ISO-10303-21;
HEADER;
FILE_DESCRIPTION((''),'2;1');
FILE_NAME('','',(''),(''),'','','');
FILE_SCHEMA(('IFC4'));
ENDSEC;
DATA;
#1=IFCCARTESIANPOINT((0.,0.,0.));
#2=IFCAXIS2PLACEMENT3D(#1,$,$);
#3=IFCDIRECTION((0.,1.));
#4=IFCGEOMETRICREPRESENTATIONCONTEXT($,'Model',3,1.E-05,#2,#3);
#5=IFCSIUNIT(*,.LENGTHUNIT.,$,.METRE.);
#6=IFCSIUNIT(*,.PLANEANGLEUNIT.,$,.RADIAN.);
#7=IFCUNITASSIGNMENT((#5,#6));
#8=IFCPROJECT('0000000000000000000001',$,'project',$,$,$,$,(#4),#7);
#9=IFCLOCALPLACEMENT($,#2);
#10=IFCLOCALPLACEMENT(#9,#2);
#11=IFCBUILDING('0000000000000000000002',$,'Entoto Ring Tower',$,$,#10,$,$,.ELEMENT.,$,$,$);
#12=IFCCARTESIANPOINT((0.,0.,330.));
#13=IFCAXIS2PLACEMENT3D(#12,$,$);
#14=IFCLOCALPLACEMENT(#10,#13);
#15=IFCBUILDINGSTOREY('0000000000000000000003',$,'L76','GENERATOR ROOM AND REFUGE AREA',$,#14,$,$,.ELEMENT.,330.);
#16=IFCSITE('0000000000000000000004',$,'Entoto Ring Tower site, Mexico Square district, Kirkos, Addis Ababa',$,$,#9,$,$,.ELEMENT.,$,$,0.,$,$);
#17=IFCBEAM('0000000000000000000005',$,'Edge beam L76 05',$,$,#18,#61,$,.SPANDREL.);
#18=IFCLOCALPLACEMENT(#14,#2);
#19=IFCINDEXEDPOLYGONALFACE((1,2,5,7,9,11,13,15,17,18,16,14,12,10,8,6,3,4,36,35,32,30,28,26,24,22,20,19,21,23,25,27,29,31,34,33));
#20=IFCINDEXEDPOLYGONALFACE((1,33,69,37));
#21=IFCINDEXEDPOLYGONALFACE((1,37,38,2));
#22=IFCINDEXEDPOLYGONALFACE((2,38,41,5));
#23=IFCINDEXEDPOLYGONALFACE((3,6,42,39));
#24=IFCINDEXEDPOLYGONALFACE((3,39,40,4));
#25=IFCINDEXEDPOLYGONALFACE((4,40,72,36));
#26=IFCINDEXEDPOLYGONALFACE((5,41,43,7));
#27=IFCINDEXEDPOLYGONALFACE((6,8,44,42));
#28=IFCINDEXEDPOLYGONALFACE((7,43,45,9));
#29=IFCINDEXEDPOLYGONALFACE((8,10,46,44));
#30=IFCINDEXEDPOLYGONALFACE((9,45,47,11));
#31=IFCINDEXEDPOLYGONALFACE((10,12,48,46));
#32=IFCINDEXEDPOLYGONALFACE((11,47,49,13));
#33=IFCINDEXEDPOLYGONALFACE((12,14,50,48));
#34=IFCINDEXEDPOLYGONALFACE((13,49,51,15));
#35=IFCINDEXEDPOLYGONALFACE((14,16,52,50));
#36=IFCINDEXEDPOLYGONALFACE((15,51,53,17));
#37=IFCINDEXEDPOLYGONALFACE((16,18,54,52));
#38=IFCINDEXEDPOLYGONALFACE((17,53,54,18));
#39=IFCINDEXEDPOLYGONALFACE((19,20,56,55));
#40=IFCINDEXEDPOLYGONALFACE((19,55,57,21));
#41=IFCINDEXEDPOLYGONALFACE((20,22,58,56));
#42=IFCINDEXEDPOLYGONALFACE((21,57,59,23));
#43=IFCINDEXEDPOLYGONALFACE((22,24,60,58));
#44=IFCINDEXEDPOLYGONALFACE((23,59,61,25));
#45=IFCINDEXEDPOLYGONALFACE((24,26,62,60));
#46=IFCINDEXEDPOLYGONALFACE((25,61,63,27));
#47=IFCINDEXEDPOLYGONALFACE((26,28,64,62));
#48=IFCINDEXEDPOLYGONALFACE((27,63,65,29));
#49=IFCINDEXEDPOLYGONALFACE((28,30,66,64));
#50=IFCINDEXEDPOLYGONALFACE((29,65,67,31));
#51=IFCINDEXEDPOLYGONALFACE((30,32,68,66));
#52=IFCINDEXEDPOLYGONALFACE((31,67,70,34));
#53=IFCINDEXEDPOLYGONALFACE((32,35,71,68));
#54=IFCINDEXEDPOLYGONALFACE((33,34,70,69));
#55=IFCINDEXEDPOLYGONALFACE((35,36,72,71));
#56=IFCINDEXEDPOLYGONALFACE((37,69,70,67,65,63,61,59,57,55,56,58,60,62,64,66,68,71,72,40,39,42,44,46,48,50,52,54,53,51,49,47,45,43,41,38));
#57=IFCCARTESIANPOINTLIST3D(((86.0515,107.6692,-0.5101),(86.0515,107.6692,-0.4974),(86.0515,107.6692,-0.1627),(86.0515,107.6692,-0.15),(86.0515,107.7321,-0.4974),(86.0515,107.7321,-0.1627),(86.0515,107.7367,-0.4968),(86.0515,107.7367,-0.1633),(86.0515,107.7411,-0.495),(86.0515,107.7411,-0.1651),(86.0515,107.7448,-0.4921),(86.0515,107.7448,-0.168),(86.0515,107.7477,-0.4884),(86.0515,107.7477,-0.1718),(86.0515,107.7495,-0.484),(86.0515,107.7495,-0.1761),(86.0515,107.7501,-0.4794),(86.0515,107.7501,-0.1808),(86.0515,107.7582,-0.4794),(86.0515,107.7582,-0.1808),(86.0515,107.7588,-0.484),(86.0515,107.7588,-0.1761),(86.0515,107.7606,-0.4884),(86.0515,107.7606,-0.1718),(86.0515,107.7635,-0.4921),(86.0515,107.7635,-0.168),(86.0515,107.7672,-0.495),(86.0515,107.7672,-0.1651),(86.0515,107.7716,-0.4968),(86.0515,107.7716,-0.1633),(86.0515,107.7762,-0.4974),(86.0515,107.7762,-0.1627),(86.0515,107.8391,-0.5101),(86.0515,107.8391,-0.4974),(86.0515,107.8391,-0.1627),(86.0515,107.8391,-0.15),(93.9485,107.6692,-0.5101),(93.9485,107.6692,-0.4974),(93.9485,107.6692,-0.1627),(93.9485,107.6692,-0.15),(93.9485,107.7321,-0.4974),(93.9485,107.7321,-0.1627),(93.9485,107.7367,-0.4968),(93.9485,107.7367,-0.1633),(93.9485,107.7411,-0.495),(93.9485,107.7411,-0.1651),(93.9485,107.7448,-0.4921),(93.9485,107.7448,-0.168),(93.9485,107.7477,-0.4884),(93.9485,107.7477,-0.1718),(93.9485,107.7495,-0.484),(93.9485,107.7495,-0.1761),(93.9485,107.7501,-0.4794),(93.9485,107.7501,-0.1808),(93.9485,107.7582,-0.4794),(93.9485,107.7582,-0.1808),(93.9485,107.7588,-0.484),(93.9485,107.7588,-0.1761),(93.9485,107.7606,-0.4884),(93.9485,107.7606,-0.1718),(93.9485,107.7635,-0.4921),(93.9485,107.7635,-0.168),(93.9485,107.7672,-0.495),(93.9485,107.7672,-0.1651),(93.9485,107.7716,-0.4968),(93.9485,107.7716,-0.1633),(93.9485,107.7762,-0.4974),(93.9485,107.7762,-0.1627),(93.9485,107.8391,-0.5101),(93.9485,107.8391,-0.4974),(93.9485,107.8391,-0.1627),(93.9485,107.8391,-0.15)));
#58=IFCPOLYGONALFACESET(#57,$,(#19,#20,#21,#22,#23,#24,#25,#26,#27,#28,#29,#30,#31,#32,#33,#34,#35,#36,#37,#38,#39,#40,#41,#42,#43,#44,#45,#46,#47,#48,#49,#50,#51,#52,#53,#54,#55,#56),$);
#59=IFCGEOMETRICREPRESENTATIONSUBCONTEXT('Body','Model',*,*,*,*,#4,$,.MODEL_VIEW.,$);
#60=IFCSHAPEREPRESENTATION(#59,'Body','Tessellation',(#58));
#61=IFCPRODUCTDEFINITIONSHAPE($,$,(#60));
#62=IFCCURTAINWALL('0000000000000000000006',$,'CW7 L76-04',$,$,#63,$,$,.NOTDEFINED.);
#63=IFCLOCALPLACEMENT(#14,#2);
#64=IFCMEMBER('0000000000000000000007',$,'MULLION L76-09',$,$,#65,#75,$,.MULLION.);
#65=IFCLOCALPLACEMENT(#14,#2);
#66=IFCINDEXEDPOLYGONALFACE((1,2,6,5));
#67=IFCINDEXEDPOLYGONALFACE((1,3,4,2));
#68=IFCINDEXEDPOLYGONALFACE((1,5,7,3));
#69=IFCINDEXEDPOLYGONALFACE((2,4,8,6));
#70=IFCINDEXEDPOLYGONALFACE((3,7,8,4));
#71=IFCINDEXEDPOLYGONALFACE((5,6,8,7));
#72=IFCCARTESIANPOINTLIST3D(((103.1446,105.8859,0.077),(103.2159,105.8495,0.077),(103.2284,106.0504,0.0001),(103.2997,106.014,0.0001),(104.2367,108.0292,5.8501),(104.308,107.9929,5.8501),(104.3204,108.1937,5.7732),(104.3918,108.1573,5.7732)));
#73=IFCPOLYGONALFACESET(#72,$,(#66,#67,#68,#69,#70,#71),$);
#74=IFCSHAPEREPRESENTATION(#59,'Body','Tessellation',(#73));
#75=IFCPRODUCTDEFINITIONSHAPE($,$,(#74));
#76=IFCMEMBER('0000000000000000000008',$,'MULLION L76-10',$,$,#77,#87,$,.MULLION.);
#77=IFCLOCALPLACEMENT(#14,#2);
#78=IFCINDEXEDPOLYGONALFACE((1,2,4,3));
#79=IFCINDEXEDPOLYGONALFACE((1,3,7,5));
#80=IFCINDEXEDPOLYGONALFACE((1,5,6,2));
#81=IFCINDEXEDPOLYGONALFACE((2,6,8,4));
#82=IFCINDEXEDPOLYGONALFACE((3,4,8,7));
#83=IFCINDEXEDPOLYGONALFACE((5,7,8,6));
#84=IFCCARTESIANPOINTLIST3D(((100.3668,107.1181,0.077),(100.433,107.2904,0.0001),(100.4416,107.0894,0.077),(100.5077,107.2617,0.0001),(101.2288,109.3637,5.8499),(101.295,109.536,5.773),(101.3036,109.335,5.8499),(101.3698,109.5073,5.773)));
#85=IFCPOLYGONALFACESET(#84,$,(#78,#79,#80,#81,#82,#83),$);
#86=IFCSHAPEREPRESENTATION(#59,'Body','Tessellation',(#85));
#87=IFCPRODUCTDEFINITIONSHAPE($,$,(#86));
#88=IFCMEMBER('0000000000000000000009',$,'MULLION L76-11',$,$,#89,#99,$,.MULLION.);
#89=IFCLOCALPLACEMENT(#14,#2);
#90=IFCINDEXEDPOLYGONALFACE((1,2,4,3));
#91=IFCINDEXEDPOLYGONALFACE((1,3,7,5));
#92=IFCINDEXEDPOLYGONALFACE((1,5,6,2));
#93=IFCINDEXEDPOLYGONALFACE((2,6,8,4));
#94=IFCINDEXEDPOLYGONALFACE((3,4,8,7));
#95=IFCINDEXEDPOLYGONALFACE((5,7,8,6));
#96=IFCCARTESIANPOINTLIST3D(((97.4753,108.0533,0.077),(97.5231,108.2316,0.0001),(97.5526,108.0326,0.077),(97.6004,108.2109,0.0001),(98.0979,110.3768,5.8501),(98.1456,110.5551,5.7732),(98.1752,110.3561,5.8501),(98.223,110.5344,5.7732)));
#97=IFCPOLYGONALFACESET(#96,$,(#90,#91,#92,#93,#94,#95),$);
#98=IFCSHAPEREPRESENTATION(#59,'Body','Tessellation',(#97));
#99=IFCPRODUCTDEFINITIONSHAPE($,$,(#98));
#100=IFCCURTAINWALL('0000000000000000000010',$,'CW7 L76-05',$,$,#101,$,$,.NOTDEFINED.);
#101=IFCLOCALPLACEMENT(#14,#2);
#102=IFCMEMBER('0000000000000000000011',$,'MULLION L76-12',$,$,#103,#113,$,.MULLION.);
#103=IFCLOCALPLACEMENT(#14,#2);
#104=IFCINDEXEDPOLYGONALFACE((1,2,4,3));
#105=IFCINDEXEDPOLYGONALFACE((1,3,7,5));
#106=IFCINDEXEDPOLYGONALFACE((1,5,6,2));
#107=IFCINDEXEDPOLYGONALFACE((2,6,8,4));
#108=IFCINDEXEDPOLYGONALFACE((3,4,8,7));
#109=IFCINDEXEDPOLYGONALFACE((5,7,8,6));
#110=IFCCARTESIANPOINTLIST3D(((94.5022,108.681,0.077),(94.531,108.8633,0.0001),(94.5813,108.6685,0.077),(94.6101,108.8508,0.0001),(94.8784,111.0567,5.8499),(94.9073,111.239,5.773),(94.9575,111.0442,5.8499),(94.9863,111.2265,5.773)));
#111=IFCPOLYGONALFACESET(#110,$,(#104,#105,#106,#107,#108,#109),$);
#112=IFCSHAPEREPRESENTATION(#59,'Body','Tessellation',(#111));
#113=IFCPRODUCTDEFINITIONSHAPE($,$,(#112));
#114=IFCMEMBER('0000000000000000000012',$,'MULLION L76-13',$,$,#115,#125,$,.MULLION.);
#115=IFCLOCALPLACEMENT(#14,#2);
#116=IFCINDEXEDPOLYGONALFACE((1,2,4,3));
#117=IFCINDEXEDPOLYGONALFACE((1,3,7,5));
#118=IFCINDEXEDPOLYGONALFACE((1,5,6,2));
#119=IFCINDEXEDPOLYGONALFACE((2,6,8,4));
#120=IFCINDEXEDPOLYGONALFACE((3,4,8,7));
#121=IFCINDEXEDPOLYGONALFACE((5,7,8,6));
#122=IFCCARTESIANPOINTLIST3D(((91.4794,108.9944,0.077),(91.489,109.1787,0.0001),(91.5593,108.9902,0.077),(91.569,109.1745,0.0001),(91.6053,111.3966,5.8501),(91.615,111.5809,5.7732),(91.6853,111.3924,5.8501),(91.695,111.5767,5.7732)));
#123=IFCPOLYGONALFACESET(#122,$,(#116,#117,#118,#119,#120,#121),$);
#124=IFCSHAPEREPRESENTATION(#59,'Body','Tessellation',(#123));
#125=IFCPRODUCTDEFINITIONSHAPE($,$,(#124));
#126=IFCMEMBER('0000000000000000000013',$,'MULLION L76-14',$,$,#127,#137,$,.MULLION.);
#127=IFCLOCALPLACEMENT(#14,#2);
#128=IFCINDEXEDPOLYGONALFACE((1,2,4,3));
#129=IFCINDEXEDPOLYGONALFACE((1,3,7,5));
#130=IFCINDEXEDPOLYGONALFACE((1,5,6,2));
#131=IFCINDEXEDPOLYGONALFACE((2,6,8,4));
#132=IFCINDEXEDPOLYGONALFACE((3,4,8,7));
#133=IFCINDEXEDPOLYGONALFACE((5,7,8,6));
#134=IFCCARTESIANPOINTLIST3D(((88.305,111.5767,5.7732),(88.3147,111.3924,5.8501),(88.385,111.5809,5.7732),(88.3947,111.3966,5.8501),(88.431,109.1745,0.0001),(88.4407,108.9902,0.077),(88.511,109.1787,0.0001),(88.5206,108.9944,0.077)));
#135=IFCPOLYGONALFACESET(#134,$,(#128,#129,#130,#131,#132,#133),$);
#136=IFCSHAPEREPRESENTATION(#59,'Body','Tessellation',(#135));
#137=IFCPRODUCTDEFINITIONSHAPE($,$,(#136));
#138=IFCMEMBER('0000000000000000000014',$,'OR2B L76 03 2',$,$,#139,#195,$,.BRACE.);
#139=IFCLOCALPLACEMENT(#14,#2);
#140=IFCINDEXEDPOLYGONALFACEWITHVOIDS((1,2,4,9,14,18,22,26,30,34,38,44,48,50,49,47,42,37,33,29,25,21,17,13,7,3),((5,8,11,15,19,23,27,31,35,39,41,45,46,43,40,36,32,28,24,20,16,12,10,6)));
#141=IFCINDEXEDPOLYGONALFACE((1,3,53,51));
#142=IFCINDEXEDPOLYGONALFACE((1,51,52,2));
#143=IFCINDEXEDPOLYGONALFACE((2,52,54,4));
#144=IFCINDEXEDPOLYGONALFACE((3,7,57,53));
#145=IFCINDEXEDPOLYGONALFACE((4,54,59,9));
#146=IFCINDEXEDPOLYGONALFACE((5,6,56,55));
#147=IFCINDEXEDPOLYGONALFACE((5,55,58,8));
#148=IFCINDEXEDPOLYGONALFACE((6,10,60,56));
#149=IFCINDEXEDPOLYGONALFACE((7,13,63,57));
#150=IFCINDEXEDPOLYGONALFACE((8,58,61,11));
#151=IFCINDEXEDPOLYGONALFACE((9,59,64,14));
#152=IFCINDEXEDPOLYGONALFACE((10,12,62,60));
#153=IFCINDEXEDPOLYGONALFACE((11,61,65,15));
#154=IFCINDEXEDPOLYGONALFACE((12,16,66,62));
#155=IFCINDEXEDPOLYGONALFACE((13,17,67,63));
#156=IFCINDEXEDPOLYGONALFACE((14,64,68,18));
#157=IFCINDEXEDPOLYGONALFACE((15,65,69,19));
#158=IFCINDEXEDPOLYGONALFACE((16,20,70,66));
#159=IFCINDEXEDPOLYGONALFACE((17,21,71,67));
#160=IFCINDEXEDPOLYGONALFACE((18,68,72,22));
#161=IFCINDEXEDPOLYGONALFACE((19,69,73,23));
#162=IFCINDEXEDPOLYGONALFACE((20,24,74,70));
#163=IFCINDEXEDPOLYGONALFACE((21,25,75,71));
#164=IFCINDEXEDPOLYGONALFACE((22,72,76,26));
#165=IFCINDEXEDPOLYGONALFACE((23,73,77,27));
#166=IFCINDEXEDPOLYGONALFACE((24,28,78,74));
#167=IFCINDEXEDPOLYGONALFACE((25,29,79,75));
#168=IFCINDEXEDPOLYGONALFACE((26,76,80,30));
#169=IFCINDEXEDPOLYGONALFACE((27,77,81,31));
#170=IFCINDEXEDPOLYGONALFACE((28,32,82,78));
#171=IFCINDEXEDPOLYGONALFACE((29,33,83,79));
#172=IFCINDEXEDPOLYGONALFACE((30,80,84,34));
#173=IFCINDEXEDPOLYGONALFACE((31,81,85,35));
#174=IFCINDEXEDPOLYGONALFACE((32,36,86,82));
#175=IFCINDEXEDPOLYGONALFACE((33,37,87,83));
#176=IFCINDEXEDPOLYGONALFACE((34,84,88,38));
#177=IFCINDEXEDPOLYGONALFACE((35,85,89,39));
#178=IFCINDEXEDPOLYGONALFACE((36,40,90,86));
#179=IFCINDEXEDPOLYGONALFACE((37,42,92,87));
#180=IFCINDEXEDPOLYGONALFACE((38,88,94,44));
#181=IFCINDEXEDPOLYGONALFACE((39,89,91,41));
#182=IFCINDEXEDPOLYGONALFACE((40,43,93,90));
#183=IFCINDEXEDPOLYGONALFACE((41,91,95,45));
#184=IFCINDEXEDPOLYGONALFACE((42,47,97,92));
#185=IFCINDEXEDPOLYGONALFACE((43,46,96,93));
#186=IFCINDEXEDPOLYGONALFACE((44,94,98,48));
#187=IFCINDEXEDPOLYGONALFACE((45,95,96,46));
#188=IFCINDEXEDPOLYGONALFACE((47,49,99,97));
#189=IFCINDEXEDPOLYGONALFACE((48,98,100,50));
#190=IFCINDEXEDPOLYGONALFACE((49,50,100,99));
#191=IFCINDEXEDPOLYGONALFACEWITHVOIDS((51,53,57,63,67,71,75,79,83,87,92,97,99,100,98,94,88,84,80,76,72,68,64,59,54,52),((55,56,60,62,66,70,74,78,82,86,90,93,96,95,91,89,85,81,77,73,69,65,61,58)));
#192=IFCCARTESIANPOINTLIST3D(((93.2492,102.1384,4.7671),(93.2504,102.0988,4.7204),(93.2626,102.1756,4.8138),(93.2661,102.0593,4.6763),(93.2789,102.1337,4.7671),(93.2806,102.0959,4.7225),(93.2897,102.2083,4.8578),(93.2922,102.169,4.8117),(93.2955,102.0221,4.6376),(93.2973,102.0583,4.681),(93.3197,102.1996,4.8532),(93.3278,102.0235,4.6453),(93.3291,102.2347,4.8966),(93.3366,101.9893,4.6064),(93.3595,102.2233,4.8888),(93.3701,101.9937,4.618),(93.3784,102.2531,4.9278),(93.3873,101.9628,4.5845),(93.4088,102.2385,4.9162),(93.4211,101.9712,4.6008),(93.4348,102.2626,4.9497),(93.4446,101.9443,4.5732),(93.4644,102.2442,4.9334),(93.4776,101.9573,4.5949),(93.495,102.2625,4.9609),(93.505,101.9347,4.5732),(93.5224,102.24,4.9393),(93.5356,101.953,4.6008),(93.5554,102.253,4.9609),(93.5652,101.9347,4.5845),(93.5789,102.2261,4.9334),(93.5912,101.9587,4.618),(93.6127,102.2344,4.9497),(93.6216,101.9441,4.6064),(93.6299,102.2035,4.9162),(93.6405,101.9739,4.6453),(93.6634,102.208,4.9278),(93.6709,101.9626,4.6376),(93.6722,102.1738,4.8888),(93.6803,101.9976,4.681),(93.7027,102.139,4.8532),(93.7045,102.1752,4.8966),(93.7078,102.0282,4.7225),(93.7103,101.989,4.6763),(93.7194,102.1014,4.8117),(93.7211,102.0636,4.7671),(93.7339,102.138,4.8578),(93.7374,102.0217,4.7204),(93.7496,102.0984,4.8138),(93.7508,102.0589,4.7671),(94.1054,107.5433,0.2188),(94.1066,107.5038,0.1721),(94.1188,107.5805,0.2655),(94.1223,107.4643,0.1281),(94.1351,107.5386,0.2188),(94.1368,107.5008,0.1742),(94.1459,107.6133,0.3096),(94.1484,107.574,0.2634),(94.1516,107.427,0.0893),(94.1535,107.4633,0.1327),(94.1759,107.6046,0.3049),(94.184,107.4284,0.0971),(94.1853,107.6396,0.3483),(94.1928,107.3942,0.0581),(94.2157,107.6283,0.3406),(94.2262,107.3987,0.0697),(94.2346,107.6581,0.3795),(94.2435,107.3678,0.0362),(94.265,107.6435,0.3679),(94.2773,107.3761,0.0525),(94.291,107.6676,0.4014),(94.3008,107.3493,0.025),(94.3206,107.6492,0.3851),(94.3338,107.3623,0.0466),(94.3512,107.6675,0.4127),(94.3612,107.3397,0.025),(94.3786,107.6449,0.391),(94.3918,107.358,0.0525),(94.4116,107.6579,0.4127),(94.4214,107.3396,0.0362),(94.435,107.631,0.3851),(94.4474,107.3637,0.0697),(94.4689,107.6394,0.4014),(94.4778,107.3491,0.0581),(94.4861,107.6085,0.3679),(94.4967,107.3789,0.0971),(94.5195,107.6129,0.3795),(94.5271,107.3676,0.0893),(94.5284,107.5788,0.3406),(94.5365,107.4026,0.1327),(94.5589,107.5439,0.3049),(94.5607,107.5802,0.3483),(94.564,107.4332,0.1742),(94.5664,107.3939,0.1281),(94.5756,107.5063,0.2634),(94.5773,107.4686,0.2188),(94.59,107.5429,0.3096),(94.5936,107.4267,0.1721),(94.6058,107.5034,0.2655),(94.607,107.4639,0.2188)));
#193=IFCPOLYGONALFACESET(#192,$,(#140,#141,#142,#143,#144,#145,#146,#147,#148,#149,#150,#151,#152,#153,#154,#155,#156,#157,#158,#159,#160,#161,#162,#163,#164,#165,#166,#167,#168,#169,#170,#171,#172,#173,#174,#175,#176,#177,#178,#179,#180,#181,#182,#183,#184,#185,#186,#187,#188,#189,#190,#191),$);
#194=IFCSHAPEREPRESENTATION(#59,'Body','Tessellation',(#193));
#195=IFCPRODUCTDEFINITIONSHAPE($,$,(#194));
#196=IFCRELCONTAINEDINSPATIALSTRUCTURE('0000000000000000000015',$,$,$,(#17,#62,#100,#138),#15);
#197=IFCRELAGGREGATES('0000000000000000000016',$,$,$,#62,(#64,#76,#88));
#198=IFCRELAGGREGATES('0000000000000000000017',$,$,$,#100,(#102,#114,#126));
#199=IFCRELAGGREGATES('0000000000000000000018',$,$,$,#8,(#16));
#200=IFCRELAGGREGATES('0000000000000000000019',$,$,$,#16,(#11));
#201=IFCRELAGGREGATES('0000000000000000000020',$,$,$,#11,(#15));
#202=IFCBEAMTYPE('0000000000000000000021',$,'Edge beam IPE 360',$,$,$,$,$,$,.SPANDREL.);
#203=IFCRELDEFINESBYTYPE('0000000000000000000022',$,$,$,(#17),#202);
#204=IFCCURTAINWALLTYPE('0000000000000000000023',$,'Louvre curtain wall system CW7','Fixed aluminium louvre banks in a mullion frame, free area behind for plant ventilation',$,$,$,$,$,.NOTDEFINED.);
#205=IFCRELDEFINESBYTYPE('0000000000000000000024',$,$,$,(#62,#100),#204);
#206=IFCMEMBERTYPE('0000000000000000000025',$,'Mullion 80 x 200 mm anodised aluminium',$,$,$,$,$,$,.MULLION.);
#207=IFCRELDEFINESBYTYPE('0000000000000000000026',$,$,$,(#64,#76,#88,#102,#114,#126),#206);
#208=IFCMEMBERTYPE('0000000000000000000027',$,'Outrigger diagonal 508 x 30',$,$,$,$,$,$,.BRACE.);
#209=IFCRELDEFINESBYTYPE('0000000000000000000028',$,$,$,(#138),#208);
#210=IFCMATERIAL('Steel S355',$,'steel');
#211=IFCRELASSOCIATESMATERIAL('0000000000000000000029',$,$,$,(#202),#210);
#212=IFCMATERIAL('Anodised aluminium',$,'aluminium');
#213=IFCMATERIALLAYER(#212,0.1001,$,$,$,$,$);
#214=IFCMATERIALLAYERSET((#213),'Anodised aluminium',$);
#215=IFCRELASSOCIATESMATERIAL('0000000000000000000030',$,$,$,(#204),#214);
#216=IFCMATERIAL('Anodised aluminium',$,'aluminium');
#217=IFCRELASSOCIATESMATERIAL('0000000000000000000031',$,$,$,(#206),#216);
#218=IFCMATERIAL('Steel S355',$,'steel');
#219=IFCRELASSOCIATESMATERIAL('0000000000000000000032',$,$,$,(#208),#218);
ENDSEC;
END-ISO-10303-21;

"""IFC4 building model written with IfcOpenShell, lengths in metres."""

from ifc_helpers import new_model, si_unit, direction, frame, origin, origin_2d, place, context, subcontext, project, spatial, rectangle, circle, hollow_circle, i_section, extrude, material, layer, layer_set, material_profile, profile_set, type_object, element, aggregate, save


model = new_model("IFC4")

# Units and contexts
model_context = context("Model", 3, precision=1e-05, world=origin(), true_north=direction((0.0, 1.0)))
body_context = subcontext(model_context, "Body", "Model", "MODEL_VIEW")
ifc_project = project(units=[si_unit("LENGTHUNIT", "METRE"), si_unit("PLANEANGLEUNIT", "RADIAN")], contexts=[model_context])

# Site, building, storey
site_placement = place(None, origin())
site = spatial("IfcSite", under=ifc_project, at=site_placement, Name="Entoto Ring Tower site, Mexico Square district, Kirkos, Addis Ababa", CompositionType="ELEMENT", RefElevation=0.0)
building_placement = place(site_placement, origin())
building = spatial("IfcBuilding", under=site, at=building_placement, Name="Entoto Ring Tower", CompositionType="ELEMENT")
storey_placement = place(building_placement, frame((0.0, 0.0, 330.0)))
storey = spatial("IfcBuildingStorey", under=building, at=storey_placement, Name="L76", Description="GENERATOR ROOM AND REFUGE AREA", CompositionType="ELEMENT", Elevation=330.0)

# Beam
ifc_material_1 = material(Name="Steel S355", Category="steel")
ifc_material_profile_1 = material_profile(ifc_material_1, i_section(OverallWidth=0.1699, OverallDepth=0.3601, WebThickness=0.0081, FlangeThickness=0.0127, FilletRadius=0.0181, at=origin_2d()), Name="IPE 360")
ifc_profile_set_1 = profile_set([ifc_material_profile_1], Name="Steel S355")
beam_type = type_object("IfcBeamType", Name="Edge beam IPE 360", PredefinedType="SPANDREL", material=ifc_profile_set_1)
for number, where, z_axis, x_axis, name in (
    (1, (93.9485, 107.7542, -0.3301), (-1.0, 0.0, 0.0), (0.0, -1.0, 0.0), "Edge beam L76 05"),
):
    element("IfcBeam", number, at=place(storey_placement, frame(where, z_axis=z_axis, x_axis=x_axis)), inside=storey, type_object=beam_type, Name=name, PredefinedType="SPANDREL", context=body_context, shape_type="SweptSolid", body=[
        extrude(i_section(OverallWidth=0.1699, OverallDepth=0.3601, WebThickness=0.0081, FlangeThickness=0.0127, FilletRadius=0.0181, at=origin_2d()), origin(), (0.0, 0.0, 1.0), 7.897),
    ])

# Curtain walls, members
ifc_material_2 = material(Name="Anodised aluminium", Category="aluminium")
ifc_layer_1 = layer(ifc_material_2, 0.1001)
ifc_layer_set_1 = layer_set([ifc_layer_1], Name="Anodised aluminium")
curtain_wall_type = type_object("IfcCurtainWallType", Name="Louvre curtain wall system CW7", Description="Fixed aluminium louvre banks in a mullion frame, free area behind for plant ventilation", PredefinedType="NOTDEFINED", material=ifc_layer_set_1)
curtain_wall_1_placement = place(storey_placement, origin())
curtain_wall_1 = element("IfcCurtainWall", 2, at=curtain_wall_1_placement, inside=storey, type_object=curtain_wall_type, Name="CW7 L76-04", PredefinedType="NOTDEFINED")
ifc_material_3 = material(Name="Anodised aluminium", Category="aluminium")
ifc_material_profile_2 = material_profile(ifc_material_3, rectangle(XDim=0.0801, YDim=0.2, at=origin_2d()), Name="Mullion 80 x 200 mm anodised aluminium")
ifc_profile_set_2 = profile_set([ifc_material_profile_2], Name="Anodised aluminium")
member_type_1 = type_object("IfcMemberType", Name="Mullion 80 x 200 mm anodised aluminium", PredefinedType="MULLION", material=ifc_profile_set_2)
member_1_placement = place(storey_placement, frame((103.2222, 105.95, 0.0386), z_axis=(0.174613, 0.342707, 0.923072), x_axis=(-0.891012, 0.453981, 0.0)))
member_1 = element("IfcMember", 3, at=member_1_placement, type_object=member_type_1, Name="MULLION L76-09", PredefinedType="MULLION", context=body_context, shape_type="SweptSolid", body=[
    extrude(rectangle(XDim=0.0801, YDim=0.2, at=origin_2d()), origin(), (0.0, 0.0, 1.0), 6.2542),
])
member_2_placement = place(storey_placement, frame((100.4373, 107.1899, 0.0386), z_axis=(0.137841, 0.359066, 0.923077), x_axis=(-0.933573, 0.358387, 0.0)))
member_2 = element("IfcMember", 4, at=member_2_placement, type_object=member_type_1, Name="MULLION L76-10", PredefinedType="MULLION", context=body_context, shape_type="SweptSolid", body=[
    extrude(rectangle(XDim=0.0801, YDim=0.2, at=origin_2d()), origin(), (0.0, 0.0, 1.0), 6.2539),
])
member_3_placement = place(storey_placement, frame((97.5378, 108.1321, 0.0386), z_axis=(0.099545, 0.371517, 0.923074), x_axis=(-0.965928, 0.258812, 0.0)))
member_3 = element("IfcMember", 5, at=member_3_placement, type_object=member_type_1, Name="MULLION L76-11", PredefinedType="MULLION", context=body_context, shape_type="SweptSolid", body=[
    extrude(rectangle(XDim=0.0801, YDim=0.2, at=origin_2d()), origin(), (0.0, 0.0, 1.0), 6.2542),
])
aggregate(curtain_wall_1, [member_1, member_2, member_3])
curtain_wall_2_placement = place(storey_placement, origin())
curtain_wall_2 = element("IfcCurtainWall", 6, at=curtain_wall_2_placement, inside=storey, type_object=curtain_wall_type, Name="CW7 L76-05", PredefinedType="NOTDEFINED")
member_4_placement = place(storey_placement, frame((94.5562, 108.7659, 0.0386), z_axis=(0.060157, 0.379874, 0.92308), x_axis=(-0.987692, 0.156411, 0.0)))
member_4 = element("IfcMember", 7, at=member_4_placement, type_object=member_type_1, Name="MULLION L76-12", PredefinedType="MULLION", context=body_context, shape_type="SweptSolid", body=[
    extrude(rectangle(XDim=0.0801, YDim=0.2, at=origin_2d()), origin(), (0.0, 0.0, 1.0), 6.2539),
])
member_5_placement = place(storey_placement, frame((91.5242, 109.0845, 0.0386), z_axis=(0.020143, 0.384088, 0.923077), x_axis=(-0.998628, 0.052372, 0.0)))
member_5 = element("IfcMember", 8, at=member_5_placement, type_object=member_type_1, Name="MULLION L76-13", PredefinedType="MULLION", context=body_context, shape_type="SweptSolid", body=[
    extrude(rectangle(XDim=0.0801, YDim=0.2, at=origin_2d()), origin(), (0.0, 0.0, 1.0), 6.2542),
])
member_6_placement = place(storey_placement, frame((88.4758, 109.0845, 0.0386), z_axis=(-0.020143, 0.384088, 0.923077), x_axis=(-0.998628, -0.052372, 0.0)))
member_6 = element("IfcMember", 9, at=member_6_placement, type_object=member_type_1, Name="MULLION L76-14", PredefinedType="MULLION", context=body_context, shape_type="SweptSolid", body=[
    extrude(rectangle(XDim=0.0801, YDim=0.2, at=origin_2d()), origin(), (0.0, 0.0, 1.0), 6.2542),
])
aggregate(curtain_wall_2, [member_4, member_5, member_6])

# Member
ifc_material_4 = material(Name="Steel S355", Category="steel")
ifc_material_profile_3 = material_profile(ifc_material_4, hollow_circle(Radius=0.2539, WallThickness=0.03, at=origin_2d()), Name="CHS 508 x 30")
ifc_material_5 = material(Name="Concrete C60/75", Category="concrete")
ifc_material_profile_4 = material_profile(ifc_material_5, circle(Radius=0.2241, at=origin_2d()), Name="Concrete C60/75 infill")
ifc_profile_set_3 = profile_set([ifc_material_profile_3, ifc_material_profile_4], Name="Steel S355")
member_type_2 = type_object("IfcMemberType", Name="Outrigger diagonal 508 x 30", PredefinedType="BRACE", material=ifc_profile_set_3)
member_7_placement = place(storey_placement, frame((93.5, 102.0986, 4.7671), z_axis=(0.120324, 0.75958, -0.639188), x_axis=(-0.987685, 0.156457, 0.0)))
element("IfcMember", 10, at=member_7_placement, inside=storey, type_object=member_type_2, Name="OR2B L76 03 2", PredefinedType="BRACE", context=body_context, shape_type="SweptSolid", body=[
    extrude(hollow_circle(Radius=0.2539, WallThickness=0.03, at=origin_2d()), origin(), (0.0, 0.0, 1.0), 7.1157),
])

save(model, "model.ifc")
